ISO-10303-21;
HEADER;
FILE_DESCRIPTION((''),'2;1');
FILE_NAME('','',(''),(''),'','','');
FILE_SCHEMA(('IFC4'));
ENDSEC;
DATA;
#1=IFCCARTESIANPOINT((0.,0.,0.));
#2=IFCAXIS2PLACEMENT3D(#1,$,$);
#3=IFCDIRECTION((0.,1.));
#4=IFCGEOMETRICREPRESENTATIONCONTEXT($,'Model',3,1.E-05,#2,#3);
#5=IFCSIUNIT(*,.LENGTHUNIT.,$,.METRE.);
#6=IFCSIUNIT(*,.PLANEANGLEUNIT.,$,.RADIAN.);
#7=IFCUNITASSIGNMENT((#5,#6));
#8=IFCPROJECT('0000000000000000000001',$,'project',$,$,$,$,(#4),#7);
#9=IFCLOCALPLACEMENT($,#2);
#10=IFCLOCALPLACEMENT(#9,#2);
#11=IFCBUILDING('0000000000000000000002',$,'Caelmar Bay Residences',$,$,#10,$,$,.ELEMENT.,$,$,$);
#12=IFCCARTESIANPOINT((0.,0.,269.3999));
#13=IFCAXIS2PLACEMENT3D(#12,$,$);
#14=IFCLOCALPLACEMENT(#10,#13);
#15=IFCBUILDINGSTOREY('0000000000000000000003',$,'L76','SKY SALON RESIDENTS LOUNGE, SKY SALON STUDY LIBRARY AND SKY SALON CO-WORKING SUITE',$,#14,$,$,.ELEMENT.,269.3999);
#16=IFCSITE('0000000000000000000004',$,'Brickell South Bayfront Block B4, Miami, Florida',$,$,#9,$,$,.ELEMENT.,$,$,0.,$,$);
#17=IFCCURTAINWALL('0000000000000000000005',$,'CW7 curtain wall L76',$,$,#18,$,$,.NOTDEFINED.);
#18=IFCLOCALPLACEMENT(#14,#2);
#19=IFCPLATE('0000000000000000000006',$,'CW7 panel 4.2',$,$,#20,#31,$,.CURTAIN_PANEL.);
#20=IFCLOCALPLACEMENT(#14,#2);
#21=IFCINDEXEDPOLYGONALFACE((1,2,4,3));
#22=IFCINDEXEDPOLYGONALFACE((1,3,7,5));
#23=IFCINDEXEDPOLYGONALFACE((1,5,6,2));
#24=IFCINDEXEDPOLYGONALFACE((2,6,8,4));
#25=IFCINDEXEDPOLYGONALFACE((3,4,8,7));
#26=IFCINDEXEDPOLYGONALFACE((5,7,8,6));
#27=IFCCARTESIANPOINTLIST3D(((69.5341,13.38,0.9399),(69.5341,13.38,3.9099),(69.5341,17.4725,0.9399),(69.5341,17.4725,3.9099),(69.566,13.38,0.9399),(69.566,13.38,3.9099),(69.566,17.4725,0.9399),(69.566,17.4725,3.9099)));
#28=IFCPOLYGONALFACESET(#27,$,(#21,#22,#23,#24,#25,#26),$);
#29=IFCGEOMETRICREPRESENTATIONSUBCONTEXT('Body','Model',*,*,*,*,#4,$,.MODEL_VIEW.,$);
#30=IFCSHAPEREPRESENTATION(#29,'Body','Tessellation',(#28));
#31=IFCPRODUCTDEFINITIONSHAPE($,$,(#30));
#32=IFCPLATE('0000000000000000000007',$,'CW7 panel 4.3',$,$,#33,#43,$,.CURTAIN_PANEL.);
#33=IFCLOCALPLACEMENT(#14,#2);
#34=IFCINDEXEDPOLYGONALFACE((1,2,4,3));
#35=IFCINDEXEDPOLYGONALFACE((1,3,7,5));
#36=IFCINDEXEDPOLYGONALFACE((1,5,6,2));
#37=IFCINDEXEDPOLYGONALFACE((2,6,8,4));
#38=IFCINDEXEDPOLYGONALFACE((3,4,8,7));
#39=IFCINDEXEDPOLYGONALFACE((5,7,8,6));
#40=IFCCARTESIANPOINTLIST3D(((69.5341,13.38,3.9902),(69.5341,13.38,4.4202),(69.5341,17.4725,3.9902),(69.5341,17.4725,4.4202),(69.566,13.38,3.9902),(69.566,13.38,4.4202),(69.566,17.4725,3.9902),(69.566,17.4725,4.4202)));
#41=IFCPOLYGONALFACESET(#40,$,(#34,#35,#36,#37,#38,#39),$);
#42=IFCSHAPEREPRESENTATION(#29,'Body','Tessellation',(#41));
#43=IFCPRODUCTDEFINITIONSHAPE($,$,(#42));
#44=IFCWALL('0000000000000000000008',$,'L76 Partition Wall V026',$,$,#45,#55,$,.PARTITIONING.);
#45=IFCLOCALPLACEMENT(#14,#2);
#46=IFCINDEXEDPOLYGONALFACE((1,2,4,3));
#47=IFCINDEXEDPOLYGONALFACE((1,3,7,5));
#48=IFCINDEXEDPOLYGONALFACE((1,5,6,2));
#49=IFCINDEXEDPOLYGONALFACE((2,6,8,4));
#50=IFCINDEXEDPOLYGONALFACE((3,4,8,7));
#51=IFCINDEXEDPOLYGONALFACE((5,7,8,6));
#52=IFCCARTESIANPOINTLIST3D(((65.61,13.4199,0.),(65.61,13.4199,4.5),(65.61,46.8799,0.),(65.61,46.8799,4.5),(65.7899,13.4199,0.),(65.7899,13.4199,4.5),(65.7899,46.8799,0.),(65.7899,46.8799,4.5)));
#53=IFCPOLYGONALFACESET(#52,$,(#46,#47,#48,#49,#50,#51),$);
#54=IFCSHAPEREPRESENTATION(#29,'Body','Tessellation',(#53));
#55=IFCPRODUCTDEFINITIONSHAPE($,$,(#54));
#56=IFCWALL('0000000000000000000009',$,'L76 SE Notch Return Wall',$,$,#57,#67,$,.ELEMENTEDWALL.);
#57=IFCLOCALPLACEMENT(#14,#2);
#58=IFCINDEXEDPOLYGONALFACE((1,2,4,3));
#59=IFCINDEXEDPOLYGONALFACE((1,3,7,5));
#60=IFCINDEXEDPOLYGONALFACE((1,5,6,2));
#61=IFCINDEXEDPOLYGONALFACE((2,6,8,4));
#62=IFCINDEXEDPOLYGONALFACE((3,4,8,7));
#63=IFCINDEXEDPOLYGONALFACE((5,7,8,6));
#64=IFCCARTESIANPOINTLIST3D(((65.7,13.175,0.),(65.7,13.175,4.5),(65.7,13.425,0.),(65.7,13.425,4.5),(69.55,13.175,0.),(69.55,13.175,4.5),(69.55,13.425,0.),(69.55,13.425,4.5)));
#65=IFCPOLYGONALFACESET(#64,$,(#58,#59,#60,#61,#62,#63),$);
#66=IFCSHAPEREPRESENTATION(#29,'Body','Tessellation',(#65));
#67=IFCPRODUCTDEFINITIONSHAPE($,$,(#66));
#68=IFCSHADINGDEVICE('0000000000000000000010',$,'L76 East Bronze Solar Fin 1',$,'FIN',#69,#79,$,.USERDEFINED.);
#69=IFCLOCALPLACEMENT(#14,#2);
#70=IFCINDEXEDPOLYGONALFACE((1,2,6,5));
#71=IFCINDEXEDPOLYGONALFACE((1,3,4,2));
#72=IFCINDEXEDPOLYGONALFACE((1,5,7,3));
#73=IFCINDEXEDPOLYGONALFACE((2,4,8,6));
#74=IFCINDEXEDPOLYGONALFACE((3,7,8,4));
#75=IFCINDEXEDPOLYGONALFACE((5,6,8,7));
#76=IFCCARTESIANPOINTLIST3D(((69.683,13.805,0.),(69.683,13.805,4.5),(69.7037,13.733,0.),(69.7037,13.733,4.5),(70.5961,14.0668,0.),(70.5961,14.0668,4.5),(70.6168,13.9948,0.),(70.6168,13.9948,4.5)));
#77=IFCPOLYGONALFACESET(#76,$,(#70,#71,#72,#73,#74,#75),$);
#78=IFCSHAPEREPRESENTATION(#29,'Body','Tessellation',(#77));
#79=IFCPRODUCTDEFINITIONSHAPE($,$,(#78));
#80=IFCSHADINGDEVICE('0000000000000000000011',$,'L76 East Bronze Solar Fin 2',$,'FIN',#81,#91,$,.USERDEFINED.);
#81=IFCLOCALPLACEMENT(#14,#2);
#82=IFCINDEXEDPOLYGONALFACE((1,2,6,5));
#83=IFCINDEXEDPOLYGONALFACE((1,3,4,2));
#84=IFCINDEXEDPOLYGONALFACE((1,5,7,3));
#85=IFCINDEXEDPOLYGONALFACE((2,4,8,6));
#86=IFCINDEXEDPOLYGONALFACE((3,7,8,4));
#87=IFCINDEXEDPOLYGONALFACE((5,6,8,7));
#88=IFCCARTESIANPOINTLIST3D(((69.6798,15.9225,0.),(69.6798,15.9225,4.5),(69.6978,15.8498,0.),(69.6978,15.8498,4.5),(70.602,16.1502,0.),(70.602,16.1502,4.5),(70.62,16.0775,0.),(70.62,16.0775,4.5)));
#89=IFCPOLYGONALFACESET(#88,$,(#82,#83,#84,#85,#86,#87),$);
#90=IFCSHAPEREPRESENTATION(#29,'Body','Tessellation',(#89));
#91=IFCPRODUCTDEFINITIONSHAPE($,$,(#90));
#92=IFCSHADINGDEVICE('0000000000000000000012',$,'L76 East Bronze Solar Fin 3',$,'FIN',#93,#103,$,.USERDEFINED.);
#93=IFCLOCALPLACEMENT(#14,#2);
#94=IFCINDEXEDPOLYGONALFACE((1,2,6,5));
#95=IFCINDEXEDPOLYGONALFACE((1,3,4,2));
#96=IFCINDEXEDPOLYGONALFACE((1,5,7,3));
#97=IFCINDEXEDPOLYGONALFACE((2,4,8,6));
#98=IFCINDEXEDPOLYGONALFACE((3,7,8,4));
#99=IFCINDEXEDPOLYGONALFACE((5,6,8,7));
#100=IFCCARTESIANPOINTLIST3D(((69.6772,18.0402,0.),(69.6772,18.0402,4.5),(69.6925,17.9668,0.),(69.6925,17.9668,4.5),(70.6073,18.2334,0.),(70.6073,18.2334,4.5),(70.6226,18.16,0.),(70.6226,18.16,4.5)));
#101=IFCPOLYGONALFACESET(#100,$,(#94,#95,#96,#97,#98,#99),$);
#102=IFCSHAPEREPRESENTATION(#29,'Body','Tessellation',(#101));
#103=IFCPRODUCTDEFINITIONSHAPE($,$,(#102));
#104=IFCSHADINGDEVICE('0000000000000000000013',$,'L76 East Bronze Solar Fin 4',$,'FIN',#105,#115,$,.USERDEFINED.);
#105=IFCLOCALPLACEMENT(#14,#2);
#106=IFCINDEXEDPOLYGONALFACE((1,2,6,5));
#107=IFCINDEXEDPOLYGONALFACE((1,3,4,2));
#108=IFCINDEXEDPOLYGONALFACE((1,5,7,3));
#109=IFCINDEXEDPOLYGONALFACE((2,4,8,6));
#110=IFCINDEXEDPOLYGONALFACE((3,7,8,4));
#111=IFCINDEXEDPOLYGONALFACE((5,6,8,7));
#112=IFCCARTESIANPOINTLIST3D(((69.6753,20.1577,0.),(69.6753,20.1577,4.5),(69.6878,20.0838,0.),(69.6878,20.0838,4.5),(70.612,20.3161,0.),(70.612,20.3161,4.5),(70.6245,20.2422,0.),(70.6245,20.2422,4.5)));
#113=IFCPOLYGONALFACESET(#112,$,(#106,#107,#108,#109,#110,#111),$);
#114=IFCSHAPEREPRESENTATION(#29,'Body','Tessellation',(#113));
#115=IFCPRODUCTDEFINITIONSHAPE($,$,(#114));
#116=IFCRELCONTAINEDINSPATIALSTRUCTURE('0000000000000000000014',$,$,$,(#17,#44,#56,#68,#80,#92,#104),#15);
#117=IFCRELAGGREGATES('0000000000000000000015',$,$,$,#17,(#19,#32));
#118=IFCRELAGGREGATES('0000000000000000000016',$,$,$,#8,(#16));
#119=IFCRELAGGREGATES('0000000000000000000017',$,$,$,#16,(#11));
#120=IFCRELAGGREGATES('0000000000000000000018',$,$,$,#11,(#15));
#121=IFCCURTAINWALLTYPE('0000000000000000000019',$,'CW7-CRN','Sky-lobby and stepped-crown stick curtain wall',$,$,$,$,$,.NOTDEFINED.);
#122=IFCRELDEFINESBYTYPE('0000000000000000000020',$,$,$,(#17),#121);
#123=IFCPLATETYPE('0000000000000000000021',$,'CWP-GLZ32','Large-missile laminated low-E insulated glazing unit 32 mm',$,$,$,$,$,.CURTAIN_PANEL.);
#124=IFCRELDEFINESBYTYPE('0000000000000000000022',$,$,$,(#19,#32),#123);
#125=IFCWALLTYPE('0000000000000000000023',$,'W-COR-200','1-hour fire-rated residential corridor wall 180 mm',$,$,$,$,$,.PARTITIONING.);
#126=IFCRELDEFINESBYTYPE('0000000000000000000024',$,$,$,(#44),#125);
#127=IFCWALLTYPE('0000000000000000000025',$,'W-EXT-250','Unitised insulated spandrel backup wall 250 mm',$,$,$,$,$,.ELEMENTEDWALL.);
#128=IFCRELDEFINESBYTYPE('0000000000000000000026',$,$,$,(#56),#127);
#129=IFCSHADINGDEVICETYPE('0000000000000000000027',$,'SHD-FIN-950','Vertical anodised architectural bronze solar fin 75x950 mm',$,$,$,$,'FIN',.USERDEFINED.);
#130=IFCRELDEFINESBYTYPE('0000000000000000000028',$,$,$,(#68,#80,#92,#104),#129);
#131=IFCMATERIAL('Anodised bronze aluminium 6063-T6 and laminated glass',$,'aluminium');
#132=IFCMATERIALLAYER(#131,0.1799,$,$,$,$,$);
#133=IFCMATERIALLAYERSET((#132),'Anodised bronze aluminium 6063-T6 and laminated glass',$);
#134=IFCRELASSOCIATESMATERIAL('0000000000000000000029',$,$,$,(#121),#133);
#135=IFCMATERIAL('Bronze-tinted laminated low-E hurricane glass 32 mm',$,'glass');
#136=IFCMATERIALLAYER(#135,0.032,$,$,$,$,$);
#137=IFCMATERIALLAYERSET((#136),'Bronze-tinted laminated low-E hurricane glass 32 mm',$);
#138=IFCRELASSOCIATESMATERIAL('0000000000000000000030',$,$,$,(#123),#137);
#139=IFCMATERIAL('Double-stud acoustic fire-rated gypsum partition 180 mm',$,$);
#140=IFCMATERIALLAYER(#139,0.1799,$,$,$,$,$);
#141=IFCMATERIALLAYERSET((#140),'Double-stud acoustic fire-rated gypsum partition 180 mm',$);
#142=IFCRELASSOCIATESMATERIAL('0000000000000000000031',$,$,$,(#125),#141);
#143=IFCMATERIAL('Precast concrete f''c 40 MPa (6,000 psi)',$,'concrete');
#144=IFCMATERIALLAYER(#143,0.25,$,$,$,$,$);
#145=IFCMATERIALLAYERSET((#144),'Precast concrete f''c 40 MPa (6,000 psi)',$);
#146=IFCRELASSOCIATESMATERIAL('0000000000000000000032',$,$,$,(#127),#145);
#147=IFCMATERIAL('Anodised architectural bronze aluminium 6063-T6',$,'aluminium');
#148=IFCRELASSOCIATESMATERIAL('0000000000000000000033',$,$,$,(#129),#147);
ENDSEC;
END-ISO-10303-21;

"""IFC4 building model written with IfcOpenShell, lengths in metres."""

from ifc_helpers import new_model, si_unit, direction, frame, frame_2d, origin, origin_2d, place, context, subcontext, project, spatial, rectangle, extrude, material, layer, layer_set, material_profile, profile_set, type_object, element, aggregate, save


model = new_model("IFC4")

# Units and contexts
model_context = context("Model", 3, precision=1e-05, world=origin(), true_north=direction((0.0, 1.0)))
body_context = subcontext(model_context, "Body", "Model", "MODEL_VIEW")
ifc_project = project(units=[si_unit("LENGTHUNIT", "METRE"), si_unit("PLANEANGLEUNIT", "RADIAN")], contexts=[model_context])

# Site, building, storey
site_placement = place(None, origin())
site = spatial("IfcSite", under=ifc_project, at=site_placement, Name="Brickell South Bayfront Block B4, Miami, Florida", CompositionType="ELEMENT", RefElevation=0.0)
building_placement = place(site_placement, origin())
building = spatial("IfcBuilding", under=site, at=building_placement, Name="Caelmar Bay Residences", CompositionType="ELEMENT")
storey_placement = place(building_placement, frame((0.0, 0.0, 269.3999)))
storey = spatial("IfcBuildingStorey", under=building, at=storey_placement, Name="L76", Description="SKY SALON RESIDENTS LOUNGE, SKY SALON STUDY LIBRARY AND SKY SALON CO-WORKING SUITE", CompositionType="ELEMENT", Elevation=269.3999)

# Shared definitions
ifc_material_1 = material(Name="Anodised bronze aluminium 6063-T6 and laminated glass", Category="aluminium")

# Curtain wall
ifc_layer_1 = layer(ifc_material_1, 0.1799)
ifc_layer_set_1 = layer_set([ifc_layer_1], Name="Anodised bronze aluminium 6063-T6 and laminated glass")
curtain_wall_type_1 = type_object("IfcCurtainWallType", Name="CW7-CRN", Description="Sky-lobby and stepped-crown stick curtain wall", PredefinedType="NOTDEFINED", material=ifc_layer_set_1)
curtain_wall_1_placement = place(storey_placement, origin())
curtain_wall_1 = element("IfcCurtainWall", 1, at=curtain_wall_1_placement, inside=storey, type_object=curtain_wall_type_1, Name="CW7 curtain wall L76", PredefinedType="NOTDEFINED")

# Plates
ifc_material_2 = material(Name="Bronze-tinted laminated low-E hurricane glass 32 mm", Category="glass")
ifc_layer_2 = layer(ifc_material_2, 0.032)
ifc_layer_set_2 = layer_set([ifc_layer_2], Name="Bronze-tinted laminated low-E hurricane glass 32 mm")
plate_type_1 = type_object("IfcPlateType", Name="CWP-GLZ32", Description="Large-missile laminated low-E insulated glazing unit 32 mm", PredefinedType="CURTAIN_PANEL", material=ifc_layer_set_2)
plate_1_placement = place(storey_placement, frame((69.55, 15.4263, 0.9399), z_axis=(0.0, 0.0, 1.0), x_axis=(0.0, -1.0, 0.0)))
plate_1 = element("IfcPlate", 2, at=plate_1_placement, type_object=plate_type_1, Name="CW7 panel 4.2", PredefinedType="CURTAIN_PANEL", context=body_context, shape_type="SweptSolid", body=[
    extrude(rectangle(XDim=4.0925, YDim=0.032, at=origin_2d()), origin(), (0.0, 0.0, 1.0), 2.97),
])
plate_2_placement = place(storey_placement, frame((69.55, 15.4263, 3.9902), z_axis=(0.0, 0.0, 1.0), x_axis=(0.0, -1.0, 0.0)))
plate_2 = element("IfcPlate", 3, at=plate_2_placement, type_object=plate_type_1, Name="CW7 panel 4.3", PredefinedType="CURTAIN_PANEL", context=body_context, shape_type="SweptSolid", body=[
    extrude(rectangle(XDim=4.0925, YDim=0.032, at=origin_2d()), origin(), (0.0, 0.0, 1.0), 0.4299),
])
aggregate(curtain_wall_1, [plate_1, plate_2])

# Walls
ifc_material_3 = material(Name="Double-stud acoustic fire-rated gypsum partition 180 mm")
ifc_layer_3 = layer(ifc_material_3, 0.1799)
ifc_layer_set_3 = layer_set([ifc_layer_3], Name="Double-stud acoustic fire-rated gypsum partition 180 mm")
wall_type_1 = type_object("IfcWallType", Name="W-COR-200", Description="1-hour fire-rated residential corridor wall 180 mm", PredefinedType="PARTITIONING", material=ifc_layer_set_3)
wall_1_placement = place(storey_placement, frame((65.7, 13.4199, 0.0), z_axis=(0.0, 0.0, 1.0), x_axis=(0.0, 1.0, 0.0)))
element("IfcWall", 4, at=wall_1_placement, inside=storey, type_object=wall_type_1, Name="L76 Partition Wall V026", PredefinedType="PARTITIONING", context=body_context, shape_type="SweptSolid", body=[
    extrude(rectangle(XDim=33.46, YDim=0.1799, at=frame_2d((16.73, 0.0))), origin(), (0.0, 0.0, 1.0), 4.5),
])
ifc_material_4 = material(Name="Precast concrete f'c 40 MPa (6,000 psi)", Category="concrete")
ifc_layer_4 = layer(ifc_material_4, 0.25)
ifc_layer_set_4 = layer_set([ifc_layer_4], Name="Precast concrete f'c 40 MPa (6,000 psi)")
wall_type_2 = type_object("IfcWallType", Name="W-EXT-250", Description="Unitised insulated spandrel backup wall 250 mm", PredefinedType="ELEMENTEDWALL", material=ifc_layer_set_4)
wall_2_placement = place(storey_placement, frame((65.7, 13.3, 0.0), z_axis=(0.0, 0.0, 1.0), x_axis=(1.0, 0.0, 0.0)))
element("IfcWall", 5, at=wall_2_placement, inside=storey, type_object=wall_type_2, Name="L76 SE Notch Return Wall", PredefinedType="ELEMENTEDWALL", context=body_context, shape_type="SweptSolid", body=[
    extrude(rectangle(XDim=3.8501, YDim=0.25, at=frame_2d((1.925, 0.0))), origin(), (0.0, 0.0, 1.0), 4.5),
])

# Shading devices
ifc_material_5 = material(Name="Anodised architectural bronze aluminium 6063-T6", Category="aluminium")
ifc_material_profile_1 = material_profile(ifc_material_5, rectangle(XDim=0.075, YDim=0.95, at=origin_2d()), Name="BRONZE-FIN-75X950")
ifc_profile_set_1 = profile_set([ifc_material_profile_1], Name="Anodised architectural bronze aluminium 6063-T6")
shading_device_type = type_object("IfcShadingDeviceType", Name="SHD-FIN-950", Description="Vertical anodised architectural bronze solar fin 75x950 mm", ElementType="FIN", PredefinedType="USERDEFINED", material=ifc_profile_set_1)
for number, where, z_axis, x_axis, name in (
    (6, (70.1499, 13.8999, 0.0), (0.0, 0.0, 1.0), (-0.275637, 0.961262, 0.0), "L76 East Bronze Solar Fin 1"),
    (7, (70.1499, 16.0, 0.0), (0.0, 0.0, 1.0), (-0.23972, 0.970842, 0.0), "L76 East Bronze Solar Fin 2"),
    (8, (70.1499, 18.1001, 0.0), (0.0, 0.0, 1.0), (-0.2033, 0.979116, 0.0), "L76 East Bronze Solar Fin 3"),
    (9, (70.1499, 20.2, 0.0), (0.0, 0.0, 1.0), (-0.166769, 0.985996, 0.0), "L76 East Bronze Solar Fin 4"),
):
    element("IfcShadingDevice", number, at=place(storey_placement, frame(where, z_axis=z_axis, x_axis=x_axis)), inside=storey, type_object=shading_device_type, Name=name, ObjectType="FIN", PredefinedType="USERDEFINED", context=body_context, shape_type="SweptSolid", body=[
        extrude(rectangle(XDim=0.075, YDim=0.95, at=origin_2d()), origin(), (0.0, 0.0, 1.0), 4.5),
    ])

save(model, "model.ifc")
